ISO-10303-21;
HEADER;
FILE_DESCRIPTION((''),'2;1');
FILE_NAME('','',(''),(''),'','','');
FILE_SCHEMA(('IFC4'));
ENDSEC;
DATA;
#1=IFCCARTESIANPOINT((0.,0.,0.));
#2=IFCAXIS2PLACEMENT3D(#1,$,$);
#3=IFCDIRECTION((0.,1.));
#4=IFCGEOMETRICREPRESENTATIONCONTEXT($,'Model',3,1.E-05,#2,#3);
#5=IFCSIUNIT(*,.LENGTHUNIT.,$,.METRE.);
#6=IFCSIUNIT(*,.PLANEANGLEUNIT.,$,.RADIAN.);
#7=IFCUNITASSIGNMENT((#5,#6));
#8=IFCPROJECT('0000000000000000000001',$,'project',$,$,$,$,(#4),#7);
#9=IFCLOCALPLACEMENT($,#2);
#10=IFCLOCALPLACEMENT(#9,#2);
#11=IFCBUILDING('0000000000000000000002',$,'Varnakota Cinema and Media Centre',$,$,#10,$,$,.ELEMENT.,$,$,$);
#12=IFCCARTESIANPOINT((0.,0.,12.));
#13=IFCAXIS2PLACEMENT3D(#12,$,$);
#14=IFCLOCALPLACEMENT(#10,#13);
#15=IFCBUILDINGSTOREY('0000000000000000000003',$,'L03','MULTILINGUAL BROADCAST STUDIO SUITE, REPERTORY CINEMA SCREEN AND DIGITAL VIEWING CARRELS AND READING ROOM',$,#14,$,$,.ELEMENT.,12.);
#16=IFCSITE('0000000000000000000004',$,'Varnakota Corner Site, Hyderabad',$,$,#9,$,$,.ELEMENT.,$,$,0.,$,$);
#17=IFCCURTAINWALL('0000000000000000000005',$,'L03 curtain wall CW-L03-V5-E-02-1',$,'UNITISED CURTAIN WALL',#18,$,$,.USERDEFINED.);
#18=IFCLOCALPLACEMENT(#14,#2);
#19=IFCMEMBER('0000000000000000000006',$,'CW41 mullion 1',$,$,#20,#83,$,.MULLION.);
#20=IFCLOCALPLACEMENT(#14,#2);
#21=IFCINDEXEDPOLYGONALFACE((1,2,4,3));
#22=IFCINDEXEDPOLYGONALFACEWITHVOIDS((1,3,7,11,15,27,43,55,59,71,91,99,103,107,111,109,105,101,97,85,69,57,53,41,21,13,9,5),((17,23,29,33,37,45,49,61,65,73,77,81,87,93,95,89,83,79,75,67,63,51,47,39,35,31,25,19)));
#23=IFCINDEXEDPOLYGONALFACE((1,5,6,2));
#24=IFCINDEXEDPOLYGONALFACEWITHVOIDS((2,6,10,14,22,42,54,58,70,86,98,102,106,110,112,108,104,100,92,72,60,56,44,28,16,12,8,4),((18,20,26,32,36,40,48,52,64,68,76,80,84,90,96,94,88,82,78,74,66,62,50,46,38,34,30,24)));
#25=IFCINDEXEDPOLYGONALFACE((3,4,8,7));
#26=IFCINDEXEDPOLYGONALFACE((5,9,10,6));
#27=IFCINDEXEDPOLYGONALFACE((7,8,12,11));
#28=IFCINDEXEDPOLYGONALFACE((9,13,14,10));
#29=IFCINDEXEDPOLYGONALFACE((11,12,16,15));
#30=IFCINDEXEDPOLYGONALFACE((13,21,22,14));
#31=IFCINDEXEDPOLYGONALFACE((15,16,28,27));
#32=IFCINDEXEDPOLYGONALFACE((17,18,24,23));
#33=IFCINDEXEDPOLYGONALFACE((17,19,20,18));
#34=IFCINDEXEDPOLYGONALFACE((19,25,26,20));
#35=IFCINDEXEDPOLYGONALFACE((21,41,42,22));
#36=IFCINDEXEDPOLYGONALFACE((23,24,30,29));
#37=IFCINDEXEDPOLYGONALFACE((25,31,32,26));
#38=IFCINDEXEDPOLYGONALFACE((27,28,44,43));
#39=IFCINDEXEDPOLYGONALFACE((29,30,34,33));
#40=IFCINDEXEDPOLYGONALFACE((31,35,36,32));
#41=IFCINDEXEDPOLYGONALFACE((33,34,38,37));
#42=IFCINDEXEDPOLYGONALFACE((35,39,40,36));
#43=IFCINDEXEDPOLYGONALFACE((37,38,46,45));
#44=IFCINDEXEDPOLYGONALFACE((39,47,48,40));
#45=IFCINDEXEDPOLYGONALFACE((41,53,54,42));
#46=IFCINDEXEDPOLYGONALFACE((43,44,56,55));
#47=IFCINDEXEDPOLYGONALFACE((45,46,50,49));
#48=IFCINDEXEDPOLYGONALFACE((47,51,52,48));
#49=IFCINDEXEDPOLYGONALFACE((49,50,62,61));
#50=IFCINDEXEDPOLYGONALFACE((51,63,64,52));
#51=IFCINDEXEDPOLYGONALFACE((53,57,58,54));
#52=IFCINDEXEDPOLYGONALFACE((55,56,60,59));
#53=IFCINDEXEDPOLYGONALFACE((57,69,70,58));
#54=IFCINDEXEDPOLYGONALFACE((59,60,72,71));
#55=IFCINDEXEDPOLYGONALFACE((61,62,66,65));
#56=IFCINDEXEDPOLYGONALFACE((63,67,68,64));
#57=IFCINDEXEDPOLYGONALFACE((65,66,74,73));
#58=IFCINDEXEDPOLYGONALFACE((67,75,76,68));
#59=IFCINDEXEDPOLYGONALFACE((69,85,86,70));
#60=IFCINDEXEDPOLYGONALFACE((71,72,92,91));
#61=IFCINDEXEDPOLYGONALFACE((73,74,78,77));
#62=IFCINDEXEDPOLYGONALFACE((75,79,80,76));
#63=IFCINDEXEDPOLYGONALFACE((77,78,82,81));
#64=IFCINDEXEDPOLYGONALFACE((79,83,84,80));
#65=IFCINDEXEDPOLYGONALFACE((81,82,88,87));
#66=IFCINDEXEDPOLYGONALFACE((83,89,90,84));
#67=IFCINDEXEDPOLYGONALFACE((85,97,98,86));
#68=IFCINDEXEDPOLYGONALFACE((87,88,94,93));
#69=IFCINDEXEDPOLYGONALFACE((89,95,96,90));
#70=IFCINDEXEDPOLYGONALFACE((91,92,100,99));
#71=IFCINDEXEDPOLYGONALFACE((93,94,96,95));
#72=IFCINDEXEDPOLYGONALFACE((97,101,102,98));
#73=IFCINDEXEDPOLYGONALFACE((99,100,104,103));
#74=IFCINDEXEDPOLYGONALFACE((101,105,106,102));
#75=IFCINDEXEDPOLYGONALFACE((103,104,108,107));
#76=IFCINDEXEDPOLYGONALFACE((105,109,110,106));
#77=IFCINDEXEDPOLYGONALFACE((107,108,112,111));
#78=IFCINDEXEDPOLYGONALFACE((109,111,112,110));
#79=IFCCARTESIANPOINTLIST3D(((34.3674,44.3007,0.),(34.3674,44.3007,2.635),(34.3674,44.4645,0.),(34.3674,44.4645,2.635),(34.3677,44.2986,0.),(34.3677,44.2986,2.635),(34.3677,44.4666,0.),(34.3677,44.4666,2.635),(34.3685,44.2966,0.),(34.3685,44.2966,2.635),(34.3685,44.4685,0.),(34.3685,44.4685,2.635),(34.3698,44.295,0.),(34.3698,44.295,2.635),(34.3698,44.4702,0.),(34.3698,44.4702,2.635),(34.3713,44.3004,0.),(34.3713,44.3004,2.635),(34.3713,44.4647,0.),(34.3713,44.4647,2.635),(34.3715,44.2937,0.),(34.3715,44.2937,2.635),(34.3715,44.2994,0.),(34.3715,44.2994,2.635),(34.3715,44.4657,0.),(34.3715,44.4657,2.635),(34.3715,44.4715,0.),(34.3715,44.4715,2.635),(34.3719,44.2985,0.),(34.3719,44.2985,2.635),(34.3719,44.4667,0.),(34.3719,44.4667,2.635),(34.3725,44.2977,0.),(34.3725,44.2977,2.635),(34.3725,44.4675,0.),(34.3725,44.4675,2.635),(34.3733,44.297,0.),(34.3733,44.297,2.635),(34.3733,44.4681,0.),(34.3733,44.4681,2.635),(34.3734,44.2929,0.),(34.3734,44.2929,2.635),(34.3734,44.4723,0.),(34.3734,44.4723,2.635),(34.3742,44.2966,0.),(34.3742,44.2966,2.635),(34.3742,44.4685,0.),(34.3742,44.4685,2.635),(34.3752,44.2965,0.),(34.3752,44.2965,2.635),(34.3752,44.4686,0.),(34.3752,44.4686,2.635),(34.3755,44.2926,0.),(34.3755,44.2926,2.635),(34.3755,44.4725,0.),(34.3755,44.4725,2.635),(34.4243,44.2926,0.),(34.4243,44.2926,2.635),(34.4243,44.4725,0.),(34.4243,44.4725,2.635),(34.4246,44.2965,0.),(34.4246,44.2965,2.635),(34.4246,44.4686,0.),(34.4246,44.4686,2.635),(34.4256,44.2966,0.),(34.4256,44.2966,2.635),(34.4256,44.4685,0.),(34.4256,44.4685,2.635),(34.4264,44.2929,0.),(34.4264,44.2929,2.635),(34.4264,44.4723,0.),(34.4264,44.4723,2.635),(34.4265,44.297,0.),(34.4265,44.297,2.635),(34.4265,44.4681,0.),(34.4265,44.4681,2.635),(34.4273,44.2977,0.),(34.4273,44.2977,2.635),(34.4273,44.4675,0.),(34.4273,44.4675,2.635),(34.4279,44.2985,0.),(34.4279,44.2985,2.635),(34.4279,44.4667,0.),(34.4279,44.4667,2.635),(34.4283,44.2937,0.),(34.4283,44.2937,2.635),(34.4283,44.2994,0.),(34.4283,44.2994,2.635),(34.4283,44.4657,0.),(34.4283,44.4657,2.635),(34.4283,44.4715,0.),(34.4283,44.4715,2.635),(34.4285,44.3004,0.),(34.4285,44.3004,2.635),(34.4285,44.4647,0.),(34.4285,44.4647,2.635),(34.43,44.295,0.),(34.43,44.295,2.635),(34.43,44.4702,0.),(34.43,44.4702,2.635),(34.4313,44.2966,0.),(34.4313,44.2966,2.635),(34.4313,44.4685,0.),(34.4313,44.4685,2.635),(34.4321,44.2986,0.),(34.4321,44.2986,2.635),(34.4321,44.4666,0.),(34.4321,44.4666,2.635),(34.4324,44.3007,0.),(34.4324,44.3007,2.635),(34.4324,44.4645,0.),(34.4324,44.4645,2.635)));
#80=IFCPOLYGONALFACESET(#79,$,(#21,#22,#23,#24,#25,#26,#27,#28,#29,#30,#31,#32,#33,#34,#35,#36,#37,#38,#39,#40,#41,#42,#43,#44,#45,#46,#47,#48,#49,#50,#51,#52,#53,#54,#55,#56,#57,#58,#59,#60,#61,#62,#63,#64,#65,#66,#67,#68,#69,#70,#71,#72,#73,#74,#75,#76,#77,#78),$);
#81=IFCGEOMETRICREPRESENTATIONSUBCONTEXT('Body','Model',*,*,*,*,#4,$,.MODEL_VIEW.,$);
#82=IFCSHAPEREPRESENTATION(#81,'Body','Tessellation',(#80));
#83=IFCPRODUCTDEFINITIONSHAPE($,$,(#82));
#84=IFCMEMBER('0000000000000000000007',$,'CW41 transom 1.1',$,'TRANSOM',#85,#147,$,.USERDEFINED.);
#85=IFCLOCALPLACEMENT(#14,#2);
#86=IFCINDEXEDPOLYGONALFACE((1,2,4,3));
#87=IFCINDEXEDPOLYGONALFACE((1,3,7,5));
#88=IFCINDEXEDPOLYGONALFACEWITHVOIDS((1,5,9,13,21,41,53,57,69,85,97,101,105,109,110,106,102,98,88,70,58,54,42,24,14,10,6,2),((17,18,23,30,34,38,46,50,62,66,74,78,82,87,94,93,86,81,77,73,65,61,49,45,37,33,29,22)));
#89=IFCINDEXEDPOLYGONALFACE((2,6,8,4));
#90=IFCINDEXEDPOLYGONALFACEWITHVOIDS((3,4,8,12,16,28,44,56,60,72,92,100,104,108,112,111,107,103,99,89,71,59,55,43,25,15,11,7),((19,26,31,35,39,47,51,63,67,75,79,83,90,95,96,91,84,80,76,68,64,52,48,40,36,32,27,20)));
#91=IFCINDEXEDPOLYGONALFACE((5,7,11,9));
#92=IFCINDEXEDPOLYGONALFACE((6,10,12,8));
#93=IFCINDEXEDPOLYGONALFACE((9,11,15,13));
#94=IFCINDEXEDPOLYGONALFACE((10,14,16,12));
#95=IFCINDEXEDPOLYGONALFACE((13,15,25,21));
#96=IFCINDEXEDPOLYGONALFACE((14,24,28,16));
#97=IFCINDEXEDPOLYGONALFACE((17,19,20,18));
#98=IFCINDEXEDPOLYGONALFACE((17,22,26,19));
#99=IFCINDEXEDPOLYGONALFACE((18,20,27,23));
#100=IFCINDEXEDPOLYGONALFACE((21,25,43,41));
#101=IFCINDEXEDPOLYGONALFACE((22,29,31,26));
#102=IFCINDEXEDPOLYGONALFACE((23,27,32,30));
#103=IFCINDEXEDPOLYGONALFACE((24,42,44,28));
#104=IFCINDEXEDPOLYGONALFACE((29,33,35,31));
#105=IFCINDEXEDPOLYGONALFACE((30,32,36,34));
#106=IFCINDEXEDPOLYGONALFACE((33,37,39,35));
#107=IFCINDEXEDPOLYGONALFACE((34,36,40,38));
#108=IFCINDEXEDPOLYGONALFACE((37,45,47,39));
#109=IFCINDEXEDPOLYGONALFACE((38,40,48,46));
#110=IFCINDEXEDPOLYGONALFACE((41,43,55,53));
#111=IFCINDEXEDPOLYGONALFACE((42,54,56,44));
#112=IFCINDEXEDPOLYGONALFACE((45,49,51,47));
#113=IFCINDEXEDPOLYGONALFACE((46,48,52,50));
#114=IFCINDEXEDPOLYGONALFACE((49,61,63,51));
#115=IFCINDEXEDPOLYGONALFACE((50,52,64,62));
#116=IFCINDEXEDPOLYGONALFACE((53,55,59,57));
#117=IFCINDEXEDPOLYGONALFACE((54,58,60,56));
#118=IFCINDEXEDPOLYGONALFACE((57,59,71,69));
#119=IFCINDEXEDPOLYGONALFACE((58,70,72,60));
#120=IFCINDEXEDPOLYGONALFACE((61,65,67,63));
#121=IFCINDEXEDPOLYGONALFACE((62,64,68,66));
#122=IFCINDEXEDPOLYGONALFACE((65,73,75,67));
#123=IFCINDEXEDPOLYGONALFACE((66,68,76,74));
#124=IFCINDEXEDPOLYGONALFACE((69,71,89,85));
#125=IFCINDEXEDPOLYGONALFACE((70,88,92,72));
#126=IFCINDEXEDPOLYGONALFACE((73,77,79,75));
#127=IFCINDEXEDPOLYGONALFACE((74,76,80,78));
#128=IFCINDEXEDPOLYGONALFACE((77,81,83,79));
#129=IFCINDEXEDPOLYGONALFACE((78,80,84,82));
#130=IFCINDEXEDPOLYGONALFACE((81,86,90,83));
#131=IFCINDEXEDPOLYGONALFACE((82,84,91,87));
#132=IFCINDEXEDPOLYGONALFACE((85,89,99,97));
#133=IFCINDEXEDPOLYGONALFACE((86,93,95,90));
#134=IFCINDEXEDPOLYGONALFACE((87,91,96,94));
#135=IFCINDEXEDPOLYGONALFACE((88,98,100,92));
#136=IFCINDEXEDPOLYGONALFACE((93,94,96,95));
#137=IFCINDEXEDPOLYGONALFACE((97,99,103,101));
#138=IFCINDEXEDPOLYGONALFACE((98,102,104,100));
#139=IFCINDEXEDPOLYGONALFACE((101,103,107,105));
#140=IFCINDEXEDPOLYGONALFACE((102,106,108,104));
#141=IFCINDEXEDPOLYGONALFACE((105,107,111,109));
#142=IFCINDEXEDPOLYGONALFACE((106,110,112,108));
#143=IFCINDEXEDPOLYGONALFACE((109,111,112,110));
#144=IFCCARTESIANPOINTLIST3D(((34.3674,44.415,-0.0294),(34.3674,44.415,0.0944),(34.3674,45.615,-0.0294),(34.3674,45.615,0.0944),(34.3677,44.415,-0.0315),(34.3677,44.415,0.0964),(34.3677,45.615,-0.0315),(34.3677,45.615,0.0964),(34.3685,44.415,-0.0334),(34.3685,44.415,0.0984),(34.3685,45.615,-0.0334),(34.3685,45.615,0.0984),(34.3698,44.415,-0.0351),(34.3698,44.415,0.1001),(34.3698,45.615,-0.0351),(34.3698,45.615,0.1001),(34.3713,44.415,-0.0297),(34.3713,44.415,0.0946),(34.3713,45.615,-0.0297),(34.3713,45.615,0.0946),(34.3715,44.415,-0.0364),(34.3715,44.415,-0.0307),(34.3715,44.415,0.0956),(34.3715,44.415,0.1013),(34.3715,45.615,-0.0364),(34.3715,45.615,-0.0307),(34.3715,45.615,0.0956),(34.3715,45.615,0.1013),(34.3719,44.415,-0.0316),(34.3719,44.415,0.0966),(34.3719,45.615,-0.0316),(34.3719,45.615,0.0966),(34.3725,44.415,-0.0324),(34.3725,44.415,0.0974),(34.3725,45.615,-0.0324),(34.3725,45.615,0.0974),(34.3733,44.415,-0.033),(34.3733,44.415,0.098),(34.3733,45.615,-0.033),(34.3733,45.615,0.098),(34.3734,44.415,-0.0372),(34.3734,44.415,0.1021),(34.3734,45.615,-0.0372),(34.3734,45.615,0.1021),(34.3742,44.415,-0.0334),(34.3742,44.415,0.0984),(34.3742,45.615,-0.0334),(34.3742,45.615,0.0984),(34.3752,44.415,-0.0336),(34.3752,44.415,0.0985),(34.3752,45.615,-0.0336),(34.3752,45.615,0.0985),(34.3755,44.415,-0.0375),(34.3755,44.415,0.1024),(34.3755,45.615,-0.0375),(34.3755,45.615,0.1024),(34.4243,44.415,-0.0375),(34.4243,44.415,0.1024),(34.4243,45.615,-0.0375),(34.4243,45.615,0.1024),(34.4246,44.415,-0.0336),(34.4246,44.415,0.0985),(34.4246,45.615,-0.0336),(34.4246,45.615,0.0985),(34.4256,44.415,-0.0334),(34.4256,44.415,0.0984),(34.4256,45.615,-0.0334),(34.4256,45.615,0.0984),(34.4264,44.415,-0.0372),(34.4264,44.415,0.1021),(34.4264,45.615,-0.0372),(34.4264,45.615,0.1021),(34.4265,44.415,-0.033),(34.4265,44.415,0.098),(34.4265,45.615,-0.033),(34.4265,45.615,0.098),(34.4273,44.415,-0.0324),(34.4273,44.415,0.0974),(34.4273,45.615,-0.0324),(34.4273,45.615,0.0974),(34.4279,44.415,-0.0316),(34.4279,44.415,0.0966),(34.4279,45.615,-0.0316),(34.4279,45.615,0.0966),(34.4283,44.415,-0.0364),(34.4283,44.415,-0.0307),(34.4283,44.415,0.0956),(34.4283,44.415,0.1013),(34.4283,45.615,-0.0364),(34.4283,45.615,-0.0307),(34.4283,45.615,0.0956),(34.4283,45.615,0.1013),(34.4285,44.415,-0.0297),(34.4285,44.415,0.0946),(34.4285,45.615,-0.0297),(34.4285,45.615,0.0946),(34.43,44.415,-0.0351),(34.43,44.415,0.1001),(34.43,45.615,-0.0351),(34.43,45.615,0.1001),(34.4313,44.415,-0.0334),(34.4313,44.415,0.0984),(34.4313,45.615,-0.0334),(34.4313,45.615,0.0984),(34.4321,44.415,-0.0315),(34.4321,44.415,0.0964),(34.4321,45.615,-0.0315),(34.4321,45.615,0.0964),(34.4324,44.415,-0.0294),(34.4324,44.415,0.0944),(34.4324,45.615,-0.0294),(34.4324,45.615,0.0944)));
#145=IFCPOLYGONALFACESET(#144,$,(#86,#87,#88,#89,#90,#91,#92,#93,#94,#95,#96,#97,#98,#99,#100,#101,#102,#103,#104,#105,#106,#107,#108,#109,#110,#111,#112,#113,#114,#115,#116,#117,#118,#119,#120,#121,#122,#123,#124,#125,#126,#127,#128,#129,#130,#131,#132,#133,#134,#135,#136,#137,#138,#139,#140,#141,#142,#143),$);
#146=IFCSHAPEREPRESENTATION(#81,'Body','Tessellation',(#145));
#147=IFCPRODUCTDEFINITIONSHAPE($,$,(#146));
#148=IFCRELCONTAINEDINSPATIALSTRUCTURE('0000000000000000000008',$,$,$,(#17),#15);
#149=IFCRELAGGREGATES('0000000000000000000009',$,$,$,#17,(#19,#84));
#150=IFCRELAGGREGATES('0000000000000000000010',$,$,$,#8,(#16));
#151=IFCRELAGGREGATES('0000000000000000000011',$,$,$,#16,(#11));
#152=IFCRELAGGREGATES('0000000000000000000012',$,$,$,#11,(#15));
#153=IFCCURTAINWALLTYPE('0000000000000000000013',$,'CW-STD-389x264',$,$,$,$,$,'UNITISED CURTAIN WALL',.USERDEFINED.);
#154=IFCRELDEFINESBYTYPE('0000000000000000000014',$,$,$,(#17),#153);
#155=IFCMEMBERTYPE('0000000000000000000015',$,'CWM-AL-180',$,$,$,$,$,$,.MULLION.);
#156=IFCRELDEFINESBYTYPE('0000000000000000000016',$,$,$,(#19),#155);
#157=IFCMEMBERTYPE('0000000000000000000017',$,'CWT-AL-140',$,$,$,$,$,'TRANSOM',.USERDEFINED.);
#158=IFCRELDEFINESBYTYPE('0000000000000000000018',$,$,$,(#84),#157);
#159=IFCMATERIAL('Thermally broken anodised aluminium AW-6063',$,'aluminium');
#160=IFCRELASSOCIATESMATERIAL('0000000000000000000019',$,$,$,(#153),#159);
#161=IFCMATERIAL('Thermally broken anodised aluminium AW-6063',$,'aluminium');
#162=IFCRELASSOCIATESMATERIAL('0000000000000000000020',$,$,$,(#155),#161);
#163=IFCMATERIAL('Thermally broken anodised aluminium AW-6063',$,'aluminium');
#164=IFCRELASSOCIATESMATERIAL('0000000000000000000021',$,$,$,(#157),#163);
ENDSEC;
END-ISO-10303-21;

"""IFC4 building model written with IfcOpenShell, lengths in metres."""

from ifc_helpers import new_model, si_unit, direction, frame, origin, origin_2d, place, context, subcontext, project, spatial, hollow_rectangle, extrude, material, material_profile, profile_set, type_object, element, aggregate, save


model = new_model("IFC4")

# Units and contexts
model_context = context("Model", 3, precision=1e-05, world=origin(), true_north=direction((0.0, 1.0)))
body_context = subcontext(model_context, "Body", "Model", "MODEL_VIEW")
ifc_project = project(units=[si_unit("LENGTHUNIT", "METRE"), si_unit("PLANEANGLEUNIT", "RADIAN")], contexts=[model_context])

# Site, building, storey
site_placement = place(None, origin())
site = spatial("IfcSite", under=ifc_project, at=site_placement, Name="Varnakota Corner Site, Hyderabad", CompositionType="ELEMENT", RefElevation=0.0)
building_placement = place(site_placement, origin())
building = spatial("IfcBuilding", under=site, at=building_placement, Name="Varnakota Cinema and Media Centre", CompositionType="ELEMENT")
storey_placement = place(building_placement, frame((0.0, 0.0, 12.0)))
storey = spatial("IfcBuildingStorey", under=building, at=storey_placement, Name="L03", Description="MULTILINGUAL BROADCAST STUDIO SUITE, REPERTORY CINEMA SCREEN AND DIGITAL VIEWING CARRELS AND READING ROOM", CompositionType="ELEMENT", Elevation=12.0)

# Curtain wall, members
ifc_material_1 = material(Name="Thermally broken anodised aluminium AW-6063", Category="aluminium")
curtain_wall_type = type_object("IfcCurtainWallType", Name="CW-STD-389x264", ElementType="UNITISED CURTAIN WALL", PredefinedType="USERDEFINED", material=ifc_material_1)
curtain_wall_placement = place(storey_placement, origin())
curtain_wall = element("IfcCurtainWall", 1, at=curtain_wall_placement, inside=storey, type_object=curtain_wall_type, Name="L03 curtain wall CW-L03-V5-E-02-1", ObjectType="UNITISED CURTAIN WALL", PredefinedType="USERDEFINED")
ifc_material_2 = material(Name="Thermally broken anodised aluminium AW-6063", Category="aluminium")
ifc_material_profile_1 = material_profile(ifc_material_2, hollow_rectangle(XDim=0.0649, YDim=0.1799, WallThickness=0.0039, InnerFilletRadius=0.0039, OuterFilletRadius=0.0081, at=origin_2d()), Name="AL-MULLION 180x65x4")
ifc_profile_set_1 = profile_set([ifc_material_profile_1], Name="Thermally broken anodised aluminium AW-6063")
member_type_1 = type_object("IfcMemberType", Name="CWM-AL-180", PredefinedType="MULLION", material=ifc_profile_set_1)
member_1_placement = place(storey_placement, frame((34.3999, 44.3826, 0.0), z_axis=(0.0, 0.0, 1.0), x_axis=(-1.0, 0.0, 0.0)))
member_1 = element("IfcMember", 2, at=member_1_placement, type_object=member_type_1, Name="CW41 mullion 1", PredefinedType="MULLION", context=body_context, shape_type="SweptSolid", body=[
    extrude(hollow_rectangle(XDim=0.0649, YDim=0.1799, WallThickness=0.0039, InnerFilletRadius=0.0039, OuterFilletRadius=0.0081, at=origin_2d()), origin(), (0.0, 0.0, 1.0), 2.635),
])
ifc_material_3 = material(Name="Thermally broken anodised aluminium AW-6063", Category="aluminium")
ifc_material_profile_2 = material_profile(ifc_material_3, hollow_rectangle(XDim=0.0649, YDim=0.1399, WallThickness=0.0039, InnerFilletRadius=0.0039, OuterFilletRadius=0.0081, at=origin_2d()), Name="AL-TRANSOM 140x65x4")
ifc_profile_set_2 = profile_set([ifc_material_profile_2], Name="Thermally broken anodised aluminium AW-6063")
member_type_2 = type_object("IfcMemberType", Name="CWT-AL-140", ElementType="TRANSOM", PredefinedType="USERDEFINED", material=ifc_profile_set_2)
member_2_placement = place(storey_placement, frame((34.3999, 44.415, 0.0325), z_axis=(0.0, 1.0, 0.0), x_axis=(-1.0, 0.0, 0.0)))
member_2 = element("IfcMember", 3, at=member_2_placement, type_object=member_type_2, Name="CW41 transom 1.1", ObjectType="TRANSOM", PredefinedType="USERDEFINED", context=body_context, shape_type="SweptSolid", body=[
    extrude(hollow_rectangle(XDim=0.0649, YDim=0.1399, WallThickness=0.0039, InnerFilletRadius=0.0039, OuterFilletRadius=0.0081, at=origin_2d()), origin(), (0.0, 0.0, 1.0), 1.2),
])
aggregate(curtain_wall, [member_1, member_2])

save(model, "model.ifc")
